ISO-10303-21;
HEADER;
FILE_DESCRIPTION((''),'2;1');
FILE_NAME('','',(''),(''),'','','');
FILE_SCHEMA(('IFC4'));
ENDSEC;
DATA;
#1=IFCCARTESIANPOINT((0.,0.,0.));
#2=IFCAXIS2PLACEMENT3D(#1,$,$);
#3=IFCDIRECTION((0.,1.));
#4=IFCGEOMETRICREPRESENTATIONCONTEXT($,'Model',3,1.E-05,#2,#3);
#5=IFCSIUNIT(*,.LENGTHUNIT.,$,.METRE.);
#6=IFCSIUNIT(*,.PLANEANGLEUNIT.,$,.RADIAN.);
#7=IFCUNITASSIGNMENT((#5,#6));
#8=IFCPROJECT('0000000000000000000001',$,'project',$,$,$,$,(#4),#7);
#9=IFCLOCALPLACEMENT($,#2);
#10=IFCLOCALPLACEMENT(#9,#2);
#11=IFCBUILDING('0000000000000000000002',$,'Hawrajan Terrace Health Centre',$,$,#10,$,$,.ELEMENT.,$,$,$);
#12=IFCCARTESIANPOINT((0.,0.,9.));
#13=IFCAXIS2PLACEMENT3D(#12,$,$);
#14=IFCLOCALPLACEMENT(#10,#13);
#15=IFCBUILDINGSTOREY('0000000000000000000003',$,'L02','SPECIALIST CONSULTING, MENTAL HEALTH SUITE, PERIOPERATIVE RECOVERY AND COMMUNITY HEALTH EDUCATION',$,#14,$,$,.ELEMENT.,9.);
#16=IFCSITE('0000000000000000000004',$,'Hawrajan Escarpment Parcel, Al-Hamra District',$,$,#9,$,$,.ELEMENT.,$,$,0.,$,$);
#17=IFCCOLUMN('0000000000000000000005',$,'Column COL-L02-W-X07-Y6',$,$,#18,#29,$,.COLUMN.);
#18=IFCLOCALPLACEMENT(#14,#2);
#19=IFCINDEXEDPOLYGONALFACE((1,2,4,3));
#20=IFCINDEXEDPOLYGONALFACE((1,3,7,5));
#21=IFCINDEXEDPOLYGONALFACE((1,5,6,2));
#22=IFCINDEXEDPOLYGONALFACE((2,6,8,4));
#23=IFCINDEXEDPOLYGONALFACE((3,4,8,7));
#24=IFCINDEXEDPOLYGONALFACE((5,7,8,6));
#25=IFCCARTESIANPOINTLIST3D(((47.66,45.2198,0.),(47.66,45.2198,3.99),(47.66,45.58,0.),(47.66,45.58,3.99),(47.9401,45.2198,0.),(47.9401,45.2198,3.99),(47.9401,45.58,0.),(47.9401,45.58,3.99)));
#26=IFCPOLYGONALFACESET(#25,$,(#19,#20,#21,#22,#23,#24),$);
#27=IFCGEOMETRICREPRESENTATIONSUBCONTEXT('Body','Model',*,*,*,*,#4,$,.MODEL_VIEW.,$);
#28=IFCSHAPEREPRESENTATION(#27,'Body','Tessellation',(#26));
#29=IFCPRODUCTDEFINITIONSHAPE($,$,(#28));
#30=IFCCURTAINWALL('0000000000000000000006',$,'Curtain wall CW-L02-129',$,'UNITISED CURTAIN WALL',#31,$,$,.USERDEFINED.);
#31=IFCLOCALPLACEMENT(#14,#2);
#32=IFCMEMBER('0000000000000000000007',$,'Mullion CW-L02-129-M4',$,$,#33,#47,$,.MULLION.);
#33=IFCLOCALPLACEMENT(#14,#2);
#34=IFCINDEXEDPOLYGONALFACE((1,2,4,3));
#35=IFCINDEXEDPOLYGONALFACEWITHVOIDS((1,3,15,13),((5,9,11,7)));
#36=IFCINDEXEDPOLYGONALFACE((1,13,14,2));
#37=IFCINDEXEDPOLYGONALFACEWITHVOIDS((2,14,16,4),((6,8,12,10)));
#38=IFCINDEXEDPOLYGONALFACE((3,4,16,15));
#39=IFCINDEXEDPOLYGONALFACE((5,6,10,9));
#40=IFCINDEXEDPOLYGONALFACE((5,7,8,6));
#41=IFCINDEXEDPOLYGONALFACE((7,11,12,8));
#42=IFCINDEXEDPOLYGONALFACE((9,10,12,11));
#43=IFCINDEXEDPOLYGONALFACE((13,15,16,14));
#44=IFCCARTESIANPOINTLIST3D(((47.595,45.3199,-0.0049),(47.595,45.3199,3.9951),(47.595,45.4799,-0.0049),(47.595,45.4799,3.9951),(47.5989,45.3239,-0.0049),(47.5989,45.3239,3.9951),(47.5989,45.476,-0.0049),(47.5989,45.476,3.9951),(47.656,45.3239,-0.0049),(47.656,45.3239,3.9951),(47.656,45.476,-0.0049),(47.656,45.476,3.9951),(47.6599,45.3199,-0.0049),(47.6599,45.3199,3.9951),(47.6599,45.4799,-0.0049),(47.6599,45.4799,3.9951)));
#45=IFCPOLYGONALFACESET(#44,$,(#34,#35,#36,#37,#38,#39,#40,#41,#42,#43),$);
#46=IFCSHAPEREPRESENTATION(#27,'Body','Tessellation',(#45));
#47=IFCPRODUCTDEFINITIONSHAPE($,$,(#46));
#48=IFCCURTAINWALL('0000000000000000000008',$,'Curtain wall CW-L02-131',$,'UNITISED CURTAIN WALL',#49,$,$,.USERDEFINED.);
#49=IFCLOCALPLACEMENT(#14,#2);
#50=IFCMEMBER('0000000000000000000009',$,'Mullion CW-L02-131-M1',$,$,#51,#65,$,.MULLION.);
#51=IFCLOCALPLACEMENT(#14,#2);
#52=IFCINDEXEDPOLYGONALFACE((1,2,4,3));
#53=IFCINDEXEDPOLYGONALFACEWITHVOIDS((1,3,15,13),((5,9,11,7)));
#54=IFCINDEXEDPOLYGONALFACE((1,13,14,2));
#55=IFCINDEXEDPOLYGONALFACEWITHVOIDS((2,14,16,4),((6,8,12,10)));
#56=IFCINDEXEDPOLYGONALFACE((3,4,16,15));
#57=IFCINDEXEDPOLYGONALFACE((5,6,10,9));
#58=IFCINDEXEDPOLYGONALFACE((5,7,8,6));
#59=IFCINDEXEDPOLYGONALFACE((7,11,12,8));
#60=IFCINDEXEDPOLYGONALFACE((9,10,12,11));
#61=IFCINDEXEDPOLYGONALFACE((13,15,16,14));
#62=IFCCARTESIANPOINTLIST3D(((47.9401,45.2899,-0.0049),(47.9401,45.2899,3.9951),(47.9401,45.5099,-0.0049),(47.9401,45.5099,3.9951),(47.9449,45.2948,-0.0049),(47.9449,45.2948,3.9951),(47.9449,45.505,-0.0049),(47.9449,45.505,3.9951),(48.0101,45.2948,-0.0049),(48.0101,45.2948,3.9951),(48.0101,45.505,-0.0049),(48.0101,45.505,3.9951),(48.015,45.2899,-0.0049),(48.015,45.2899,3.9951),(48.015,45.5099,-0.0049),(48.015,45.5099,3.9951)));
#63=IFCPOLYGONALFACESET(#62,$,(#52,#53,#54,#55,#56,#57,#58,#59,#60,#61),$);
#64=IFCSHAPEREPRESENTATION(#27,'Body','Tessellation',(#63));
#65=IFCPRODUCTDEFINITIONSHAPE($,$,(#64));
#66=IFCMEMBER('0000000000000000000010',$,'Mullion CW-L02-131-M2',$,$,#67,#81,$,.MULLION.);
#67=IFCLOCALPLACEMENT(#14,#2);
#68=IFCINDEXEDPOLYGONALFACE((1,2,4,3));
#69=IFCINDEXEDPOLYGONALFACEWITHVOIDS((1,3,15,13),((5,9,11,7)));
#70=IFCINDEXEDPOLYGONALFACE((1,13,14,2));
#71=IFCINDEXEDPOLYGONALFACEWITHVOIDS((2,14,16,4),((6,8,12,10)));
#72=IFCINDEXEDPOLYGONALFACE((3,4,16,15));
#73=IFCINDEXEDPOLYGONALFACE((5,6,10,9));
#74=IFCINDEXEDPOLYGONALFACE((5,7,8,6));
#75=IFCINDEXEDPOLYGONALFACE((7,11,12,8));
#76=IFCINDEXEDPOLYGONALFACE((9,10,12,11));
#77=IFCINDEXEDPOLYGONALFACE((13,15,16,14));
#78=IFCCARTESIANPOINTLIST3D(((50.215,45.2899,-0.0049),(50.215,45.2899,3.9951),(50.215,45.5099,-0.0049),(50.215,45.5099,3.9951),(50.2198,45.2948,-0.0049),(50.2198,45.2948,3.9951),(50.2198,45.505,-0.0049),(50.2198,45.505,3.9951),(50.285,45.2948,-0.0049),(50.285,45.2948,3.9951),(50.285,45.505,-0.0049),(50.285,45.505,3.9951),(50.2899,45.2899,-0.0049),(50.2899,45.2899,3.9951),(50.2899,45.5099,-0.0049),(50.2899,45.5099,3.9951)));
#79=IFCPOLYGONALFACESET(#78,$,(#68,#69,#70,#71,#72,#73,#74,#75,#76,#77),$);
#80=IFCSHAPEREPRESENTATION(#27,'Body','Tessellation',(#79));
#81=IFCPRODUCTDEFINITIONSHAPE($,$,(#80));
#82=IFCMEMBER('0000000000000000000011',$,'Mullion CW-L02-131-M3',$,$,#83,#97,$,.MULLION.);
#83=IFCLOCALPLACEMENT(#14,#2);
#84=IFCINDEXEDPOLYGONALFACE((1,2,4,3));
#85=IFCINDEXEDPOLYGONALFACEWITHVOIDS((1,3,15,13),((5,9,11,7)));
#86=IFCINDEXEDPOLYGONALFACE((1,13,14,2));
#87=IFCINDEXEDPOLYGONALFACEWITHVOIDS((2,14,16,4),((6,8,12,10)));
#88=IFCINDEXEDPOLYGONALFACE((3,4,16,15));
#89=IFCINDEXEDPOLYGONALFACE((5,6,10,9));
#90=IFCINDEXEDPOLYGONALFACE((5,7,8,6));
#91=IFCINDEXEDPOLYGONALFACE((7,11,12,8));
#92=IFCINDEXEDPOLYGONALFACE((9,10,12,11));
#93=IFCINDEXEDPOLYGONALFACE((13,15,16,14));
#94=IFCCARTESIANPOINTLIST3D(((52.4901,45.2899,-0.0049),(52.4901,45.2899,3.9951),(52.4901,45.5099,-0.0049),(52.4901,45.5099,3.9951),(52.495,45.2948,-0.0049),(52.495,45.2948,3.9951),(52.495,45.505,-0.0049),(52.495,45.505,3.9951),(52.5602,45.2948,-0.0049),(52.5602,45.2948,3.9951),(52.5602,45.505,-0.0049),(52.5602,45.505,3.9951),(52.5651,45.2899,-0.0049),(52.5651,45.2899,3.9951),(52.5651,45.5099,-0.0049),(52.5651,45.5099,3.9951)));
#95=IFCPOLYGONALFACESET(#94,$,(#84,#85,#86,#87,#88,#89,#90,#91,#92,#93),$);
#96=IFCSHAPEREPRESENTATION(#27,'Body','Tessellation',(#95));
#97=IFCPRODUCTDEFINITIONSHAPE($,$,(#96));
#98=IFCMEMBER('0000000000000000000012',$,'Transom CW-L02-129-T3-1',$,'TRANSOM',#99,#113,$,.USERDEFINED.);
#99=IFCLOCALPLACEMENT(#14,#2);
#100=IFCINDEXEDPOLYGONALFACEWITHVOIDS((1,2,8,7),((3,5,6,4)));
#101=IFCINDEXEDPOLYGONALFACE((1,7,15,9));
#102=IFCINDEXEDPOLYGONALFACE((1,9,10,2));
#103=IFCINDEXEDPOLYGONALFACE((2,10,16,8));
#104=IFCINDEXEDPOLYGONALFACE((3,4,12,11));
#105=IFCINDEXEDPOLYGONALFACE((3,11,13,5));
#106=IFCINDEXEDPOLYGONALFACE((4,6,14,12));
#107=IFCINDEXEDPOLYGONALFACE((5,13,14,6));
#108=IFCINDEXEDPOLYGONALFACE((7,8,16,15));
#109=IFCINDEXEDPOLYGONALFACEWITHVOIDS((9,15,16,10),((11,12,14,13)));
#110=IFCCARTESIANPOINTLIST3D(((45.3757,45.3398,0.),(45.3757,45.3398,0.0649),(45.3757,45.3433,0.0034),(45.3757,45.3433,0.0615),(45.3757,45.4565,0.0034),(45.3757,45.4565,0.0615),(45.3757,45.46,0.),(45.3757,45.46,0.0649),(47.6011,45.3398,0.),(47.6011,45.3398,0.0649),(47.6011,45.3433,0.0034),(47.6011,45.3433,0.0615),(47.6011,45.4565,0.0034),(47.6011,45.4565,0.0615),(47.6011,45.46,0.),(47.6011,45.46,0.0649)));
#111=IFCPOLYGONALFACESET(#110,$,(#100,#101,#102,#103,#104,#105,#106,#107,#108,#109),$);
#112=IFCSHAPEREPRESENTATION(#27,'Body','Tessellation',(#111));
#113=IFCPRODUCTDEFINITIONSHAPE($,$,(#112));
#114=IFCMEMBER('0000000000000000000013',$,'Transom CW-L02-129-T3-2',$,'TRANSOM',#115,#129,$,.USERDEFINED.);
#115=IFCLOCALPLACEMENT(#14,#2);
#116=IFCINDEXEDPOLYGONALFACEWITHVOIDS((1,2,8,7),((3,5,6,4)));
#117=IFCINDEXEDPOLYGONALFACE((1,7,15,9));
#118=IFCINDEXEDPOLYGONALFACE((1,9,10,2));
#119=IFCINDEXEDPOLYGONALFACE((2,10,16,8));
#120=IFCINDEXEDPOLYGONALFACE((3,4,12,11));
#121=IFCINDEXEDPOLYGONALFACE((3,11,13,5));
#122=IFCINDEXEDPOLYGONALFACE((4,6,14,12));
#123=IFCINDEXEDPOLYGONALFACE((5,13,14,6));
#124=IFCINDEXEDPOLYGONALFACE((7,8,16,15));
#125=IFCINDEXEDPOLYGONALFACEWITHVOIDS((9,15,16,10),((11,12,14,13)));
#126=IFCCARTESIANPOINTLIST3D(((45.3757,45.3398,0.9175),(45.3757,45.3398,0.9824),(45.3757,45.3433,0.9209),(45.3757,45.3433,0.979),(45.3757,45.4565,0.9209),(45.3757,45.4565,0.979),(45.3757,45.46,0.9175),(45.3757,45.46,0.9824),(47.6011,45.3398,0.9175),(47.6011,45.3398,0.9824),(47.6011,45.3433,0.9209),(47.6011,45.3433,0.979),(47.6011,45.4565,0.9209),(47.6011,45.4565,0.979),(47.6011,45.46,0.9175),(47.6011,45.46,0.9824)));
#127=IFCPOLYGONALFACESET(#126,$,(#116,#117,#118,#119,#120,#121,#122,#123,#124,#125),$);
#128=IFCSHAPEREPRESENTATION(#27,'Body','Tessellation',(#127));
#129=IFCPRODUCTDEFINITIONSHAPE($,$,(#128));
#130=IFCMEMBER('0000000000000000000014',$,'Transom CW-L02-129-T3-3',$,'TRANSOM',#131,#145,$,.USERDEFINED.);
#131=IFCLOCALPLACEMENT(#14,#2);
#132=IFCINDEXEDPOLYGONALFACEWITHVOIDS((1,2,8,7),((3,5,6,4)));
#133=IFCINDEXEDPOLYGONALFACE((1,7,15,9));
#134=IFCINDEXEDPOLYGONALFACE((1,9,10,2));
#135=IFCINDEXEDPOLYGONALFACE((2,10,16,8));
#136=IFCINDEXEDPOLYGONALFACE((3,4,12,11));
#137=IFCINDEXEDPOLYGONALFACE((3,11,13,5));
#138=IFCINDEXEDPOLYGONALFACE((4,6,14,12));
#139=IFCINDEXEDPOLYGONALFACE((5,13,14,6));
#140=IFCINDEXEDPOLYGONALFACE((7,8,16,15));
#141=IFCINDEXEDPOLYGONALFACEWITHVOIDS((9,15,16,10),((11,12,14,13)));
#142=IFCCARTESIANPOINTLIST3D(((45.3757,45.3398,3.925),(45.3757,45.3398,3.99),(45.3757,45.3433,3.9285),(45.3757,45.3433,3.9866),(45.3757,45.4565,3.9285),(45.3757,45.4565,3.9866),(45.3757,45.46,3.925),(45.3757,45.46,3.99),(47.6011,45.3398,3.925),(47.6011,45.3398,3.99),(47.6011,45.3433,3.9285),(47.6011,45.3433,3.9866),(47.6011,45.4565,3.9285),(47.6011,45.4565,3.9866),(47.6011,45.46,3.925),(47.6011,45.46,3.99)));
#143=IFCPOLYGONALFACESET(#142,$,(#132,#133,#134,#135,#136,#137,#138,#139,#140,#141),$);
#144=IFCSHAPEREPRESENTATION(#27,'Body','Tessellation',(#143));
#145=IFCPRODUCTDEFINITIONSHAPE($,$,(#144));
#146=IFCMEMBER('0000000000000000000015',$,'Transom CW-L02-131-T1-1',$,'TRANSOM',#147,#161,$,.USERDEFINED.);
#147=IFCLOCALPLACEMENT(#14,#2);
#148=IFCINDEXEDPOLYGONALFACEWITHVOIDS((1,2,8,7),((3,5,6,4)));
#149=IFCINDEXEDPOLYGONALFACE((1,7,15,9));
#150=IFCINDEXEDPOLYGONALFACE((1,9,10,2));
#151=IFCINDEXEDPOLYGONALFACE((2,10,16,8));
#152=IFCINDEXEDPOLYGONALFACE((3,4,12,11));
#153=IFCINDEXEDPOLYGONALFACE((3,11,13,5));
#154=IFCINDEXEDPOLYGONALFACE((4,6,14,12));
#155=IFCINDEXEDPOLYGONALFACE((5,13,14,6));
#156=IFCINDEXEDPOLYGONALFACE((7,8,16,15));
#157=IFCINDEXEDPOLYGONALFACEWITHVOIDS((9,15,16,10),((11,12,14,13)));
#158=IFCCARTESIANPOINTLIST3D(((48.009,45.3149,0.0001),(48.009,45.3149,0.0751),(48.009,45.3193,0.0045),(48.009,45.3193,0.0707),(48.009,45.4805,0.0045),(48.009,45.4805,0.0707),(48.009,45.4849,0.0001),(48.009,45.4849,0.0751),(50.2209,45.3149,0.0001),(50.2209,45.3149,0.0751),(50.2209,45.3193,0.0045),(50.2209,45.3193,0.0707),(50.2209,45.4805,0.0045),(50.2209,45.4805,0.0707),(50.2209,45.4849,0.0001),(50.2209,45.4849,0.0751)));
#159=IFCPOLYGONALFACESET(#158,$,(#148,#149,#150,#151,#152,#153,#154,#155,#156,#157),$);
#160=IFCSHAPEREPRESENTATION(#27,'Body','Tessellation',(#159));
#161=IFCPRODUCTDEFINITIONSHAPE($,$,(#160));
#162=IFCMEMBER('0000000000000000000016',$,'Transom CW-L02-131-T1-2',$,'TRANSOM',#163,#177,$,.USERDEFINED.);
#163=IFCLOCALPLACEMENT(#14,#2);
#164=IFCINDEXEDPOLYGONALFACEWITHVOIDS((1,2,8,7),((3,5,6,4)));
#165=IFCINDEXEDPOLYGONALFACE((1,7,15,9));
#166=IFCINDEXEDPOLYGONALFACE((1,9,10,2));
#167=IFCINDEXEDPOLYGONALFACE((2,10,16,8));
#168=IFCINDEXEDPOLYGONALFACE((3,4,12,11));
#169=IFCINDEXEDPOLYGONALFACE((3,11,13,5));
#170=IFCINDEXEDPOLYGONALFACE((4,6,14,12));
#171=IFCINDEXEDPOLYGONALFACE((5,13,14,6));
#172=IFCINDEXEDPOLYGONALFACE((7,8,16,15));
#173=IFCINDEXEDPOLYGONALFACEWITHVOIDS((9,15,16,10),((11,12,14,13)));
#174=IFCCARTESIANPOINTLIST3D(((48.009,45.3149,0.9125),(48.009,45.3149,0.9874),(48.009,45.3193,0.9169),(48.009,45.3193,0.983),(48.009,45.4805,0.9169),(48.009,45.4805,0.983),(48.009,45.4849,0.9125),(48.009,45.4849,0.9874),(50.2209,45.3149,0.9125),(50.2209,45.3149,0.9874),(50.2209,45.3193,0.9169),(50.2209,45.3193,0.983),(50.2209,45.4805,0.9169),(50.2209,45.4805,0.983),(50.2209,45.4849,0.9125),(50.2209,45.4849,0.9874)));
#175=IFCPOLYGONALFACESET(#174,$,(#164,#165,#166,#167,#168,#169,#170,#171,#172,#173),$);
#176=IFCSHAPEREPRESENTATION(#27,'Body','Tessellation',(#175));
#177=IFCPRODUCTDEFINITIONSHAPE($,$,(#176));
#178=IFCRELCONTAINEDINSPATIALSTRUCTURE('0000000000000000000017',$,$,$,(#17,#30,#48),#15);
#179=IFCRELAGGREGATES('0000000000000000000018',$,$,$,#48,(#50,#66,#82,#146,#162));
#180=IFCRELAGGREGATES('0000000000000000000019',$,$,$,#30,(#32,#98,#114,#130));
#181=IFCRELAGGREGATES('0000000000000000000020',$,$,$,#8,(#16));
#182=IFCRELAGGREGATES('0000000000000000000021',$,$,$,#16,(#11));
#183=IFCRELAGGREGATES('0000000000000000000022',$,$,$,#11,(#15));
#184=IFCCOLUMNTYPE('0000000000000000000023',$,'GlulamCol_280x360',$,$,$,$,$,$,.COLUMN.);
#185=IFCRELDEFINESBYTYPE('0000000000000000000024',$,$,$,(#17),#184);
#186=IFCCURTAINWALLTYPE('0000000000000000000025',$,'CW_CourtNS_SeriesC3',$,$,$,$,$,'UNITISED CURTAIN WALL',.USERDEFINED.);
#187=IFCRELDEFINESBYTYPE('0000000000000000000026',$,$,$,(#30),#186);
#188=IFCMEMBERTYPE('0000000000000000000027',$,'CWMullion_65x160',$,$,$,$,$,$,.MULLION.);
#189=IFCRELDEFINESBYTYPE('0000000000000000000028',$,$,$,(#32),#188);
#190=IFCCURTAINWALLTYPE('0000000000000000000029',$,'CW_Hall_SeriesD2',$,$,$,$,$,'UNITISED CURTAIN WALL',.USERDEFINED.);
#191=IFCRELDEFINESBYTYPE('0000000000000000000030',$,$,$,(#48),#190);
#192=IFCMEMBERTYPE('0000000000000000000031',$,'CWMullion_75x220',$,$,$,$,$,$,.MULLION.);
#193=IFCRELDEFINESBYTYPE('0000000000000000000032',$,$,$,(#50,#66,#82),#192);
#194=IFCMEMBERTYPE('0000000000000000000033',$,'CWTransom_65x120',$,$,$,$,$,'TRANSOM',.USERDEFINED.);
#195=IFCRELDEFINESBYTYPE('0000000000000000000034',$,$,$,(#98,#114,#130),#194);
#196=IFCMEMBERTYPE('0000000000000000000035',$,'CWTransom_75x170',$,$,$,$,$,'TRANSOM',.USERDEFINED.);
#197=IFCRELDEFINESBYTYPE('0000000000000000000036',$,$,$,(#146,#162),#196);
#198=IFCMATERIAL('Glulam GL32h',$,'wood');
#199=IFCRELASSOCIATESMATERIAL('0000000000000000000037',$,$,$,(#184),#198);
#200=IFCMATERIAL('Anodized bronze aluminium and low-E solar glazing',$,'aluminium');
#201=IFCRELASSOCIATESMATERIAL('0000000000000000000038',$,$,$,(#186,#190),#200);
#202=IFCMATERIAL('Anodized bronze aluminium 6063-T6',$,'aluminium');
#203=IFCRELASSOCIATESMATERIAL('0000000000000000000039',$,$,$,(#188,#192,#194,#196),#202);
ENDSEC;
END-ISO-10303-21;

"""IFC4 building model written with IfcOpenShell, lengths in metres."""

from ifc_helpers import new_model, si_unit, direction, frame, origin, origin_2d, place, context, subcontext, project, spatial, rectangle, hollow_rectangle, extrude, material, material_profile, profile_set, type_object, element, aggregate, save


model = new_model("IFC4")

# Units and contexts
model_context = context("Model", 3, precision=1e-05, world=origin(), true_north=direction((0.0, 1.0)))
body_context = subcontext(model_context, "Body", "Model", "MODEL_VIEW")
ifc_project = project(units=[si_unit("LENGTHUNIT", "METRE"), si_unit("PLANEANGLEUNIT", "RADIAN")], contexts=[model_context])

# Site, building, storey
site_placement = place(None, origin())
site = spatial("IfcSite", under=ifc_project, at=site_placement, Name="Hawrajan Escarpment Parcel, Al-Hamra District", CompositionType="ELEMENT", RefElevation=0.0)
building_placement = place(site_placement, origin())
building = spatial("IfcBuilding", under=site, at=building_placement, Name="Hawrajan Terrace Health Centre", CompositionType="ELEMENT")
storey_placement = place(building_placement, frame((0.0, 0.0, 9.0)))
storey = spatial("IfcBuildingStorey", under=building, at=storey_placement, Name="L02", Description="SPECIALIST CONSULTING, MENTAL HEALTH SUITE, PERIOPERATIVE RECOVERY AND COMMUNITY HEALTH EDUCATION", CompositionType="ELEMENT", Elevation=9.0)

# Column
ifc_material_1 = material(Name="Glulam GL32h", Category="wood")
ifc_material_profile_1 = material_profile(ifc_material_1, rectangle(XDim=0.28, YDim=0.3601, at=origin_2d()), Name="GL 280x360")
ifc_profile_set_1 = profile_set([ifc_material_profile_1], Name="Glulam GL32h")
column_type = type_object("IfcColumnType", Name="GlulamCol_280x360", PredefinedType="COLUMN", material=ifc_profile_set_1)
column_placement = place(storey_placement, frame((47.8, 45.3999, 0.0), z_axis=(0.0, 0.0, 1.0), x_axis=(1.0, 0.0, 0.0)))
element("IfcColumn", 1, at=column_placement, inside=storey, type_object=column_type, Name="Column COL-L02-W-X07-Y6", PredefinedType="COLUMN", context=body_context, shape_type="SweptSolid", body=[
    extrude(rectangle(XDim=0.28, YDim=0.3601, at=origin_2d()), origin(), (0.0, 0.0, 1.0), 3.99),
])

# Curtain wall, member
ifc_material_2 = material(Name="Anodized bronze aluminium and low-E solar glazing", Category="aluminium")
curtain_wall_type_1 = type_object("IfcCurtainWallType", Name="CW_CourtNS_SeriesC3", ElementType="UNITISED CURTAIN WALL", PredefinedType="USERDEFINED", material=ifc_material_2)
curtain_wall_1_placement = place(storey_placement, origin())
curtain_wall_1 = element("IfcCurtainWall", 2, at=curtain_wall_1_placement, inside=storey, type_object=curtain_wall_type_1, Name="Curtain wall CW-L02-129", ObjectType="UNITISED CURTAIN WALL", PredefinedType="USERDEFINED")
ifc_material_3 = material(Name="Anodized bronze aluminium 6063-T6", Category="aluminium")
ifc_material_profile_2 = material_profile(ifc_material_3, hollow_rectangle(XDim=0.0649, YDim=0.1599, WallThickness=0.0039, at=origin_2d()), Name="CW MUL 65x160")
ifc_profile_set_2 = profile_set([ifc_material_profile_2], Name="Anodized bronze aluminium 6063-T6")
member_type_1 = type_object("IfcMemberType", Name="CWMullion_65x160", PredefinedType="MULLION", material=ifc_profile_set_2)
member_1_placement = place(storey_placement, frame((47.6274, 45.3999, -0.0049), z_axis=(0.0, 0.0, 1.0), x_axis=(1.0, 0.0, 0.0)))
member_1 = element("IfcMember", 3, at=member_1_placement, type_object=member_type_1, Name="Mullion CW-L02-129-M4", PredefinedType="MULLION", context=body_context, shape_type="SweptSolid", body=[
    extrude(hollow_rectangle(XDim=0.0649, YDim=0.1599, WallThickness=0.0039, at=origin_2d()), origin(), (0.0, 0.0, 1.0), 4.0),
])

# Curtain wall, members
curtain_wall_type_2 = type_object("IfcCurtainWallType", Name="CW_Hall_SeriesD2", ElementType="UNITISED CURTAIN WALL", PredefinedType="USERDEFINED", material=ifc_material_2)
curtain_wall_2_placement = place(storey_placement, origin())
curtain_wall_2 = element("IfcCurtainWall", 4, at=curtain_wall_2_placement, inside=storey, type_object=curtain_wall_type_2, Name="Curtain wall CW-L02-131", ObjectType="UNITISED CURTAIN WALL", PredefinedType="USERDEFINED")
ifc_material_profile_3 = material_profile(ifc_material_3, hollow_rectangle(XDim=0.075, YDim=0.22, WallThickness=0.0049, at=origin_2d()), Name="CW MUL 75x220")
ifc_profile_set_3 = profile_set([ifc_material_profile_3], Name="Anodized bronze aluminium 6063-T6")
member_type_2 = type_object("IfcMemberType", Name="CWMullion_75x220", PredefinedType="MULLION", material=ifc_profile_set_3)
member_2_placement = place(storey_placement, frame((47.9775, 45.3999, -0.0049), z_axis=(0.0, 0.0, 1.0), x_axis=(1.0, 0.0, 0.0)))
member_2 = element("IfcMember", 5, at=member_2_placement, type_object=member_type_2, Name="Mullion CW-L02-131-M1", PredefinedType="MULLION", context=body_context, shape_type="SweptSolid", body=[
    extrude(hollow_rectangle(XDim=0.075, YDim=0.22, WallThickness=0.0049, at=origin_2d()), origin(), (0.0, 0.0, 1.0), 4.0),
])
member_3_placement = place(storey_placement, frame((50.2524, 45.3999, -0.0049), z_axis=(0.0, 0.0, 1.0), x_axis=(1.0, 0.0, 0.0)))
member_3 = element("IfcMember", 6, at=member_3_placement, type_object=member_type_2, Name="Mullion CW-L02-131-M2", PredefinedType="MULLION", context=body_context, shape_type="SweptSolid", body=[
    extrude(hollow_rectangle(XDim=0.075, YDim=0.22, WallThickness=0.0049, at=origin_2d()), origin(), (0.0, 0.0, 1.0), 4.0),
])
member_4_placement = place(storey_placement, frame((52.5276, 45.3999, -0.0049), z_axis=(0.0, 0.0, 1.0), x_axis=(1.0, 0.0, 0.0)))
member_4 = element("IfcMember", 7, at=member_4_placement, type_object=member_type_2, Name="Mullion CW-L02-131-M3", PredefinedType="MULLION", context=body_context, shape_type="SweptSolid", body=[
    extrude(hollow_rectangle(XDim=0.075, YDim=0.22, WallThickness=0.0049, at=origin_2d()), origin(), (0.0, 0.0, 1.0), 4.0),
])

# Members
ifc_material_profile_4 = material_profile(ifc_material_3, hollow_rectangle(XDim=0.0649, YDim=0.1201, WallThickness=0.0034, at=origin_2d()), Name="CW TRN 65x120")
ifc_profile_set_4 = profile_set([ifc_material_profile_4], Name="Anodized bronze aluminium 6063-T6")
member_type_3 = type_object("IfcMemberType", Name="CWTransom_65x120", ElementType="TRANSOM", PredefinedType="USERDEFINED", material=ifc_profile_set_4)
member_5_placement = place(storey_placement, frame((45.3757, 45.3999, 0.0325), z_axis=(1.0, 0.0, 0.0), x_axis=(0.0, 0.0, 1.0)))
member_5 = element("IfcMember", 8, at=member_5_placement, type_object=member_type_3, Name="Transom CW-L02-129-T3-1", ObjectType="TRANSOM", PredefinedType="USERDEFINED", context=body_context, shape_type="SweptSolid", body=[
    extrude(hollow_rectangle(XDim=0.0649, YDim=0.1201, WallThickness=0.0034, at=origin_2d()), origin(), (0.0, 0.0, 1.0), 2.2253),
])
member_6_placement = place(storey_placement, frame((45.3757, 45.3999, 0.95), z_axis=(1.0, 0.0, 0.0), x_axis=(0.0, 0.0, 1.0)))
member_6 = element("IfcMember", 9, at=member_6_placement, type_object=member_type_3, Name="Transom CW-L02-129-T3-2", ObjectType="TRANSOM", PredefinedType="USERDEFINED", context=body_context, shape_type="SweptSolid", body=[
    extrude(hollow_rectangle(XDim=0.0649, YDim=0.1201, WallThickness=0.0034, at=origin_2d()), origin(), (0.0, 0.0, 1.0), 2.2253),
])
member_7_placement = place(storey_placement, frame((45.3757, 45.3999, 3.9575), z_axis=(1.0, 0.0, 0.0), x_axis=(0.0, 0.0, 1.0)))
member_7 = element("IfcMember", 10, at=member_7_placement, type_object=member_type_3, Name="Transom CW-L02-129-T3-3", ObjectType="TRANSOM", PredefinedType="USERDEFINED", context=body_context, shape_type="SweptSolid", body=[
    extrude(hollow_rectangle(XDim=0.0649, YDim=0.1201, WallThickness=0.0034, at=origin_2d()), origin(), (0.0, 0.0, 1.0), 2.2253),
])
ifc_material_profile_5 = material_profile(ifc_material_3, hollow_rectangle(XDim=0.075, YDim=0.1699, WallThickness=0.0044, at=origin_2d()), Name="CW TRN 75x170")
ifc_profile_set_5 = profile_set([ifc_material_profile_5], Name="Anodized bronze aluminium 6063-T6")
member_type_4 = type_object("IfcMemberType", Name="CWTransom_75x170", ElementType="TRANSOM", PredefinedType="USERDEFINED", material=ifc_profile_set_5)
member_8_placement = place(storey_placement, frame((48.009, 45.3999, 0.0376), z_axis=(1.0, 0.0, 0.0), x_axis=(0.0, 0.0, 1.0)))
member_8 = element("IfcMember", 11, at=member_8_placement, type_object=member_type_4, Name="Transom CW-L02-131-T1-1", ObjectType="TRANSOM", PredefinedType="USERDEFINED", context=body_context, shape_type="SweptSolid", body=[
    extrude(hollow_rectangle(XDim=0.075, YDim=0.1699, WallThickness=0.0044, at=origin_2d()), origin(), (0.0, 0.0, 1.0), 2.2119),
])
member_9_placement = place(storey_placement, frame((48.009, 45.3999, 0.95), z_axis=(1.0, 0.0, 0.0), x_axis=(0.0, 0.0, 1.0)))
member_9 = element("IfcMember", 12, at=member_9_placement, type_object=member_type_4, Name="Transom CW-L02-131-T1-2", ObjectType="TRANSOM", PredefinedType="USERDEFINED", context=body_context, shape_type="SweptSolid", body=[
    extrude(hollow_rectangle(XDim=0.075, YDim=0.1699, WallThickness=0.0044, at=origin_2d()), origin(), (0.0, 0.0, 1.0), 2.2119),
])

aggregate(curtain_wall_2, [member_2, member_3, member_4, member_8, member_9])
aggregate(curtain_wall_1, [member_1, member_5, member_6, member_7])

save(model, "model.ifc")
